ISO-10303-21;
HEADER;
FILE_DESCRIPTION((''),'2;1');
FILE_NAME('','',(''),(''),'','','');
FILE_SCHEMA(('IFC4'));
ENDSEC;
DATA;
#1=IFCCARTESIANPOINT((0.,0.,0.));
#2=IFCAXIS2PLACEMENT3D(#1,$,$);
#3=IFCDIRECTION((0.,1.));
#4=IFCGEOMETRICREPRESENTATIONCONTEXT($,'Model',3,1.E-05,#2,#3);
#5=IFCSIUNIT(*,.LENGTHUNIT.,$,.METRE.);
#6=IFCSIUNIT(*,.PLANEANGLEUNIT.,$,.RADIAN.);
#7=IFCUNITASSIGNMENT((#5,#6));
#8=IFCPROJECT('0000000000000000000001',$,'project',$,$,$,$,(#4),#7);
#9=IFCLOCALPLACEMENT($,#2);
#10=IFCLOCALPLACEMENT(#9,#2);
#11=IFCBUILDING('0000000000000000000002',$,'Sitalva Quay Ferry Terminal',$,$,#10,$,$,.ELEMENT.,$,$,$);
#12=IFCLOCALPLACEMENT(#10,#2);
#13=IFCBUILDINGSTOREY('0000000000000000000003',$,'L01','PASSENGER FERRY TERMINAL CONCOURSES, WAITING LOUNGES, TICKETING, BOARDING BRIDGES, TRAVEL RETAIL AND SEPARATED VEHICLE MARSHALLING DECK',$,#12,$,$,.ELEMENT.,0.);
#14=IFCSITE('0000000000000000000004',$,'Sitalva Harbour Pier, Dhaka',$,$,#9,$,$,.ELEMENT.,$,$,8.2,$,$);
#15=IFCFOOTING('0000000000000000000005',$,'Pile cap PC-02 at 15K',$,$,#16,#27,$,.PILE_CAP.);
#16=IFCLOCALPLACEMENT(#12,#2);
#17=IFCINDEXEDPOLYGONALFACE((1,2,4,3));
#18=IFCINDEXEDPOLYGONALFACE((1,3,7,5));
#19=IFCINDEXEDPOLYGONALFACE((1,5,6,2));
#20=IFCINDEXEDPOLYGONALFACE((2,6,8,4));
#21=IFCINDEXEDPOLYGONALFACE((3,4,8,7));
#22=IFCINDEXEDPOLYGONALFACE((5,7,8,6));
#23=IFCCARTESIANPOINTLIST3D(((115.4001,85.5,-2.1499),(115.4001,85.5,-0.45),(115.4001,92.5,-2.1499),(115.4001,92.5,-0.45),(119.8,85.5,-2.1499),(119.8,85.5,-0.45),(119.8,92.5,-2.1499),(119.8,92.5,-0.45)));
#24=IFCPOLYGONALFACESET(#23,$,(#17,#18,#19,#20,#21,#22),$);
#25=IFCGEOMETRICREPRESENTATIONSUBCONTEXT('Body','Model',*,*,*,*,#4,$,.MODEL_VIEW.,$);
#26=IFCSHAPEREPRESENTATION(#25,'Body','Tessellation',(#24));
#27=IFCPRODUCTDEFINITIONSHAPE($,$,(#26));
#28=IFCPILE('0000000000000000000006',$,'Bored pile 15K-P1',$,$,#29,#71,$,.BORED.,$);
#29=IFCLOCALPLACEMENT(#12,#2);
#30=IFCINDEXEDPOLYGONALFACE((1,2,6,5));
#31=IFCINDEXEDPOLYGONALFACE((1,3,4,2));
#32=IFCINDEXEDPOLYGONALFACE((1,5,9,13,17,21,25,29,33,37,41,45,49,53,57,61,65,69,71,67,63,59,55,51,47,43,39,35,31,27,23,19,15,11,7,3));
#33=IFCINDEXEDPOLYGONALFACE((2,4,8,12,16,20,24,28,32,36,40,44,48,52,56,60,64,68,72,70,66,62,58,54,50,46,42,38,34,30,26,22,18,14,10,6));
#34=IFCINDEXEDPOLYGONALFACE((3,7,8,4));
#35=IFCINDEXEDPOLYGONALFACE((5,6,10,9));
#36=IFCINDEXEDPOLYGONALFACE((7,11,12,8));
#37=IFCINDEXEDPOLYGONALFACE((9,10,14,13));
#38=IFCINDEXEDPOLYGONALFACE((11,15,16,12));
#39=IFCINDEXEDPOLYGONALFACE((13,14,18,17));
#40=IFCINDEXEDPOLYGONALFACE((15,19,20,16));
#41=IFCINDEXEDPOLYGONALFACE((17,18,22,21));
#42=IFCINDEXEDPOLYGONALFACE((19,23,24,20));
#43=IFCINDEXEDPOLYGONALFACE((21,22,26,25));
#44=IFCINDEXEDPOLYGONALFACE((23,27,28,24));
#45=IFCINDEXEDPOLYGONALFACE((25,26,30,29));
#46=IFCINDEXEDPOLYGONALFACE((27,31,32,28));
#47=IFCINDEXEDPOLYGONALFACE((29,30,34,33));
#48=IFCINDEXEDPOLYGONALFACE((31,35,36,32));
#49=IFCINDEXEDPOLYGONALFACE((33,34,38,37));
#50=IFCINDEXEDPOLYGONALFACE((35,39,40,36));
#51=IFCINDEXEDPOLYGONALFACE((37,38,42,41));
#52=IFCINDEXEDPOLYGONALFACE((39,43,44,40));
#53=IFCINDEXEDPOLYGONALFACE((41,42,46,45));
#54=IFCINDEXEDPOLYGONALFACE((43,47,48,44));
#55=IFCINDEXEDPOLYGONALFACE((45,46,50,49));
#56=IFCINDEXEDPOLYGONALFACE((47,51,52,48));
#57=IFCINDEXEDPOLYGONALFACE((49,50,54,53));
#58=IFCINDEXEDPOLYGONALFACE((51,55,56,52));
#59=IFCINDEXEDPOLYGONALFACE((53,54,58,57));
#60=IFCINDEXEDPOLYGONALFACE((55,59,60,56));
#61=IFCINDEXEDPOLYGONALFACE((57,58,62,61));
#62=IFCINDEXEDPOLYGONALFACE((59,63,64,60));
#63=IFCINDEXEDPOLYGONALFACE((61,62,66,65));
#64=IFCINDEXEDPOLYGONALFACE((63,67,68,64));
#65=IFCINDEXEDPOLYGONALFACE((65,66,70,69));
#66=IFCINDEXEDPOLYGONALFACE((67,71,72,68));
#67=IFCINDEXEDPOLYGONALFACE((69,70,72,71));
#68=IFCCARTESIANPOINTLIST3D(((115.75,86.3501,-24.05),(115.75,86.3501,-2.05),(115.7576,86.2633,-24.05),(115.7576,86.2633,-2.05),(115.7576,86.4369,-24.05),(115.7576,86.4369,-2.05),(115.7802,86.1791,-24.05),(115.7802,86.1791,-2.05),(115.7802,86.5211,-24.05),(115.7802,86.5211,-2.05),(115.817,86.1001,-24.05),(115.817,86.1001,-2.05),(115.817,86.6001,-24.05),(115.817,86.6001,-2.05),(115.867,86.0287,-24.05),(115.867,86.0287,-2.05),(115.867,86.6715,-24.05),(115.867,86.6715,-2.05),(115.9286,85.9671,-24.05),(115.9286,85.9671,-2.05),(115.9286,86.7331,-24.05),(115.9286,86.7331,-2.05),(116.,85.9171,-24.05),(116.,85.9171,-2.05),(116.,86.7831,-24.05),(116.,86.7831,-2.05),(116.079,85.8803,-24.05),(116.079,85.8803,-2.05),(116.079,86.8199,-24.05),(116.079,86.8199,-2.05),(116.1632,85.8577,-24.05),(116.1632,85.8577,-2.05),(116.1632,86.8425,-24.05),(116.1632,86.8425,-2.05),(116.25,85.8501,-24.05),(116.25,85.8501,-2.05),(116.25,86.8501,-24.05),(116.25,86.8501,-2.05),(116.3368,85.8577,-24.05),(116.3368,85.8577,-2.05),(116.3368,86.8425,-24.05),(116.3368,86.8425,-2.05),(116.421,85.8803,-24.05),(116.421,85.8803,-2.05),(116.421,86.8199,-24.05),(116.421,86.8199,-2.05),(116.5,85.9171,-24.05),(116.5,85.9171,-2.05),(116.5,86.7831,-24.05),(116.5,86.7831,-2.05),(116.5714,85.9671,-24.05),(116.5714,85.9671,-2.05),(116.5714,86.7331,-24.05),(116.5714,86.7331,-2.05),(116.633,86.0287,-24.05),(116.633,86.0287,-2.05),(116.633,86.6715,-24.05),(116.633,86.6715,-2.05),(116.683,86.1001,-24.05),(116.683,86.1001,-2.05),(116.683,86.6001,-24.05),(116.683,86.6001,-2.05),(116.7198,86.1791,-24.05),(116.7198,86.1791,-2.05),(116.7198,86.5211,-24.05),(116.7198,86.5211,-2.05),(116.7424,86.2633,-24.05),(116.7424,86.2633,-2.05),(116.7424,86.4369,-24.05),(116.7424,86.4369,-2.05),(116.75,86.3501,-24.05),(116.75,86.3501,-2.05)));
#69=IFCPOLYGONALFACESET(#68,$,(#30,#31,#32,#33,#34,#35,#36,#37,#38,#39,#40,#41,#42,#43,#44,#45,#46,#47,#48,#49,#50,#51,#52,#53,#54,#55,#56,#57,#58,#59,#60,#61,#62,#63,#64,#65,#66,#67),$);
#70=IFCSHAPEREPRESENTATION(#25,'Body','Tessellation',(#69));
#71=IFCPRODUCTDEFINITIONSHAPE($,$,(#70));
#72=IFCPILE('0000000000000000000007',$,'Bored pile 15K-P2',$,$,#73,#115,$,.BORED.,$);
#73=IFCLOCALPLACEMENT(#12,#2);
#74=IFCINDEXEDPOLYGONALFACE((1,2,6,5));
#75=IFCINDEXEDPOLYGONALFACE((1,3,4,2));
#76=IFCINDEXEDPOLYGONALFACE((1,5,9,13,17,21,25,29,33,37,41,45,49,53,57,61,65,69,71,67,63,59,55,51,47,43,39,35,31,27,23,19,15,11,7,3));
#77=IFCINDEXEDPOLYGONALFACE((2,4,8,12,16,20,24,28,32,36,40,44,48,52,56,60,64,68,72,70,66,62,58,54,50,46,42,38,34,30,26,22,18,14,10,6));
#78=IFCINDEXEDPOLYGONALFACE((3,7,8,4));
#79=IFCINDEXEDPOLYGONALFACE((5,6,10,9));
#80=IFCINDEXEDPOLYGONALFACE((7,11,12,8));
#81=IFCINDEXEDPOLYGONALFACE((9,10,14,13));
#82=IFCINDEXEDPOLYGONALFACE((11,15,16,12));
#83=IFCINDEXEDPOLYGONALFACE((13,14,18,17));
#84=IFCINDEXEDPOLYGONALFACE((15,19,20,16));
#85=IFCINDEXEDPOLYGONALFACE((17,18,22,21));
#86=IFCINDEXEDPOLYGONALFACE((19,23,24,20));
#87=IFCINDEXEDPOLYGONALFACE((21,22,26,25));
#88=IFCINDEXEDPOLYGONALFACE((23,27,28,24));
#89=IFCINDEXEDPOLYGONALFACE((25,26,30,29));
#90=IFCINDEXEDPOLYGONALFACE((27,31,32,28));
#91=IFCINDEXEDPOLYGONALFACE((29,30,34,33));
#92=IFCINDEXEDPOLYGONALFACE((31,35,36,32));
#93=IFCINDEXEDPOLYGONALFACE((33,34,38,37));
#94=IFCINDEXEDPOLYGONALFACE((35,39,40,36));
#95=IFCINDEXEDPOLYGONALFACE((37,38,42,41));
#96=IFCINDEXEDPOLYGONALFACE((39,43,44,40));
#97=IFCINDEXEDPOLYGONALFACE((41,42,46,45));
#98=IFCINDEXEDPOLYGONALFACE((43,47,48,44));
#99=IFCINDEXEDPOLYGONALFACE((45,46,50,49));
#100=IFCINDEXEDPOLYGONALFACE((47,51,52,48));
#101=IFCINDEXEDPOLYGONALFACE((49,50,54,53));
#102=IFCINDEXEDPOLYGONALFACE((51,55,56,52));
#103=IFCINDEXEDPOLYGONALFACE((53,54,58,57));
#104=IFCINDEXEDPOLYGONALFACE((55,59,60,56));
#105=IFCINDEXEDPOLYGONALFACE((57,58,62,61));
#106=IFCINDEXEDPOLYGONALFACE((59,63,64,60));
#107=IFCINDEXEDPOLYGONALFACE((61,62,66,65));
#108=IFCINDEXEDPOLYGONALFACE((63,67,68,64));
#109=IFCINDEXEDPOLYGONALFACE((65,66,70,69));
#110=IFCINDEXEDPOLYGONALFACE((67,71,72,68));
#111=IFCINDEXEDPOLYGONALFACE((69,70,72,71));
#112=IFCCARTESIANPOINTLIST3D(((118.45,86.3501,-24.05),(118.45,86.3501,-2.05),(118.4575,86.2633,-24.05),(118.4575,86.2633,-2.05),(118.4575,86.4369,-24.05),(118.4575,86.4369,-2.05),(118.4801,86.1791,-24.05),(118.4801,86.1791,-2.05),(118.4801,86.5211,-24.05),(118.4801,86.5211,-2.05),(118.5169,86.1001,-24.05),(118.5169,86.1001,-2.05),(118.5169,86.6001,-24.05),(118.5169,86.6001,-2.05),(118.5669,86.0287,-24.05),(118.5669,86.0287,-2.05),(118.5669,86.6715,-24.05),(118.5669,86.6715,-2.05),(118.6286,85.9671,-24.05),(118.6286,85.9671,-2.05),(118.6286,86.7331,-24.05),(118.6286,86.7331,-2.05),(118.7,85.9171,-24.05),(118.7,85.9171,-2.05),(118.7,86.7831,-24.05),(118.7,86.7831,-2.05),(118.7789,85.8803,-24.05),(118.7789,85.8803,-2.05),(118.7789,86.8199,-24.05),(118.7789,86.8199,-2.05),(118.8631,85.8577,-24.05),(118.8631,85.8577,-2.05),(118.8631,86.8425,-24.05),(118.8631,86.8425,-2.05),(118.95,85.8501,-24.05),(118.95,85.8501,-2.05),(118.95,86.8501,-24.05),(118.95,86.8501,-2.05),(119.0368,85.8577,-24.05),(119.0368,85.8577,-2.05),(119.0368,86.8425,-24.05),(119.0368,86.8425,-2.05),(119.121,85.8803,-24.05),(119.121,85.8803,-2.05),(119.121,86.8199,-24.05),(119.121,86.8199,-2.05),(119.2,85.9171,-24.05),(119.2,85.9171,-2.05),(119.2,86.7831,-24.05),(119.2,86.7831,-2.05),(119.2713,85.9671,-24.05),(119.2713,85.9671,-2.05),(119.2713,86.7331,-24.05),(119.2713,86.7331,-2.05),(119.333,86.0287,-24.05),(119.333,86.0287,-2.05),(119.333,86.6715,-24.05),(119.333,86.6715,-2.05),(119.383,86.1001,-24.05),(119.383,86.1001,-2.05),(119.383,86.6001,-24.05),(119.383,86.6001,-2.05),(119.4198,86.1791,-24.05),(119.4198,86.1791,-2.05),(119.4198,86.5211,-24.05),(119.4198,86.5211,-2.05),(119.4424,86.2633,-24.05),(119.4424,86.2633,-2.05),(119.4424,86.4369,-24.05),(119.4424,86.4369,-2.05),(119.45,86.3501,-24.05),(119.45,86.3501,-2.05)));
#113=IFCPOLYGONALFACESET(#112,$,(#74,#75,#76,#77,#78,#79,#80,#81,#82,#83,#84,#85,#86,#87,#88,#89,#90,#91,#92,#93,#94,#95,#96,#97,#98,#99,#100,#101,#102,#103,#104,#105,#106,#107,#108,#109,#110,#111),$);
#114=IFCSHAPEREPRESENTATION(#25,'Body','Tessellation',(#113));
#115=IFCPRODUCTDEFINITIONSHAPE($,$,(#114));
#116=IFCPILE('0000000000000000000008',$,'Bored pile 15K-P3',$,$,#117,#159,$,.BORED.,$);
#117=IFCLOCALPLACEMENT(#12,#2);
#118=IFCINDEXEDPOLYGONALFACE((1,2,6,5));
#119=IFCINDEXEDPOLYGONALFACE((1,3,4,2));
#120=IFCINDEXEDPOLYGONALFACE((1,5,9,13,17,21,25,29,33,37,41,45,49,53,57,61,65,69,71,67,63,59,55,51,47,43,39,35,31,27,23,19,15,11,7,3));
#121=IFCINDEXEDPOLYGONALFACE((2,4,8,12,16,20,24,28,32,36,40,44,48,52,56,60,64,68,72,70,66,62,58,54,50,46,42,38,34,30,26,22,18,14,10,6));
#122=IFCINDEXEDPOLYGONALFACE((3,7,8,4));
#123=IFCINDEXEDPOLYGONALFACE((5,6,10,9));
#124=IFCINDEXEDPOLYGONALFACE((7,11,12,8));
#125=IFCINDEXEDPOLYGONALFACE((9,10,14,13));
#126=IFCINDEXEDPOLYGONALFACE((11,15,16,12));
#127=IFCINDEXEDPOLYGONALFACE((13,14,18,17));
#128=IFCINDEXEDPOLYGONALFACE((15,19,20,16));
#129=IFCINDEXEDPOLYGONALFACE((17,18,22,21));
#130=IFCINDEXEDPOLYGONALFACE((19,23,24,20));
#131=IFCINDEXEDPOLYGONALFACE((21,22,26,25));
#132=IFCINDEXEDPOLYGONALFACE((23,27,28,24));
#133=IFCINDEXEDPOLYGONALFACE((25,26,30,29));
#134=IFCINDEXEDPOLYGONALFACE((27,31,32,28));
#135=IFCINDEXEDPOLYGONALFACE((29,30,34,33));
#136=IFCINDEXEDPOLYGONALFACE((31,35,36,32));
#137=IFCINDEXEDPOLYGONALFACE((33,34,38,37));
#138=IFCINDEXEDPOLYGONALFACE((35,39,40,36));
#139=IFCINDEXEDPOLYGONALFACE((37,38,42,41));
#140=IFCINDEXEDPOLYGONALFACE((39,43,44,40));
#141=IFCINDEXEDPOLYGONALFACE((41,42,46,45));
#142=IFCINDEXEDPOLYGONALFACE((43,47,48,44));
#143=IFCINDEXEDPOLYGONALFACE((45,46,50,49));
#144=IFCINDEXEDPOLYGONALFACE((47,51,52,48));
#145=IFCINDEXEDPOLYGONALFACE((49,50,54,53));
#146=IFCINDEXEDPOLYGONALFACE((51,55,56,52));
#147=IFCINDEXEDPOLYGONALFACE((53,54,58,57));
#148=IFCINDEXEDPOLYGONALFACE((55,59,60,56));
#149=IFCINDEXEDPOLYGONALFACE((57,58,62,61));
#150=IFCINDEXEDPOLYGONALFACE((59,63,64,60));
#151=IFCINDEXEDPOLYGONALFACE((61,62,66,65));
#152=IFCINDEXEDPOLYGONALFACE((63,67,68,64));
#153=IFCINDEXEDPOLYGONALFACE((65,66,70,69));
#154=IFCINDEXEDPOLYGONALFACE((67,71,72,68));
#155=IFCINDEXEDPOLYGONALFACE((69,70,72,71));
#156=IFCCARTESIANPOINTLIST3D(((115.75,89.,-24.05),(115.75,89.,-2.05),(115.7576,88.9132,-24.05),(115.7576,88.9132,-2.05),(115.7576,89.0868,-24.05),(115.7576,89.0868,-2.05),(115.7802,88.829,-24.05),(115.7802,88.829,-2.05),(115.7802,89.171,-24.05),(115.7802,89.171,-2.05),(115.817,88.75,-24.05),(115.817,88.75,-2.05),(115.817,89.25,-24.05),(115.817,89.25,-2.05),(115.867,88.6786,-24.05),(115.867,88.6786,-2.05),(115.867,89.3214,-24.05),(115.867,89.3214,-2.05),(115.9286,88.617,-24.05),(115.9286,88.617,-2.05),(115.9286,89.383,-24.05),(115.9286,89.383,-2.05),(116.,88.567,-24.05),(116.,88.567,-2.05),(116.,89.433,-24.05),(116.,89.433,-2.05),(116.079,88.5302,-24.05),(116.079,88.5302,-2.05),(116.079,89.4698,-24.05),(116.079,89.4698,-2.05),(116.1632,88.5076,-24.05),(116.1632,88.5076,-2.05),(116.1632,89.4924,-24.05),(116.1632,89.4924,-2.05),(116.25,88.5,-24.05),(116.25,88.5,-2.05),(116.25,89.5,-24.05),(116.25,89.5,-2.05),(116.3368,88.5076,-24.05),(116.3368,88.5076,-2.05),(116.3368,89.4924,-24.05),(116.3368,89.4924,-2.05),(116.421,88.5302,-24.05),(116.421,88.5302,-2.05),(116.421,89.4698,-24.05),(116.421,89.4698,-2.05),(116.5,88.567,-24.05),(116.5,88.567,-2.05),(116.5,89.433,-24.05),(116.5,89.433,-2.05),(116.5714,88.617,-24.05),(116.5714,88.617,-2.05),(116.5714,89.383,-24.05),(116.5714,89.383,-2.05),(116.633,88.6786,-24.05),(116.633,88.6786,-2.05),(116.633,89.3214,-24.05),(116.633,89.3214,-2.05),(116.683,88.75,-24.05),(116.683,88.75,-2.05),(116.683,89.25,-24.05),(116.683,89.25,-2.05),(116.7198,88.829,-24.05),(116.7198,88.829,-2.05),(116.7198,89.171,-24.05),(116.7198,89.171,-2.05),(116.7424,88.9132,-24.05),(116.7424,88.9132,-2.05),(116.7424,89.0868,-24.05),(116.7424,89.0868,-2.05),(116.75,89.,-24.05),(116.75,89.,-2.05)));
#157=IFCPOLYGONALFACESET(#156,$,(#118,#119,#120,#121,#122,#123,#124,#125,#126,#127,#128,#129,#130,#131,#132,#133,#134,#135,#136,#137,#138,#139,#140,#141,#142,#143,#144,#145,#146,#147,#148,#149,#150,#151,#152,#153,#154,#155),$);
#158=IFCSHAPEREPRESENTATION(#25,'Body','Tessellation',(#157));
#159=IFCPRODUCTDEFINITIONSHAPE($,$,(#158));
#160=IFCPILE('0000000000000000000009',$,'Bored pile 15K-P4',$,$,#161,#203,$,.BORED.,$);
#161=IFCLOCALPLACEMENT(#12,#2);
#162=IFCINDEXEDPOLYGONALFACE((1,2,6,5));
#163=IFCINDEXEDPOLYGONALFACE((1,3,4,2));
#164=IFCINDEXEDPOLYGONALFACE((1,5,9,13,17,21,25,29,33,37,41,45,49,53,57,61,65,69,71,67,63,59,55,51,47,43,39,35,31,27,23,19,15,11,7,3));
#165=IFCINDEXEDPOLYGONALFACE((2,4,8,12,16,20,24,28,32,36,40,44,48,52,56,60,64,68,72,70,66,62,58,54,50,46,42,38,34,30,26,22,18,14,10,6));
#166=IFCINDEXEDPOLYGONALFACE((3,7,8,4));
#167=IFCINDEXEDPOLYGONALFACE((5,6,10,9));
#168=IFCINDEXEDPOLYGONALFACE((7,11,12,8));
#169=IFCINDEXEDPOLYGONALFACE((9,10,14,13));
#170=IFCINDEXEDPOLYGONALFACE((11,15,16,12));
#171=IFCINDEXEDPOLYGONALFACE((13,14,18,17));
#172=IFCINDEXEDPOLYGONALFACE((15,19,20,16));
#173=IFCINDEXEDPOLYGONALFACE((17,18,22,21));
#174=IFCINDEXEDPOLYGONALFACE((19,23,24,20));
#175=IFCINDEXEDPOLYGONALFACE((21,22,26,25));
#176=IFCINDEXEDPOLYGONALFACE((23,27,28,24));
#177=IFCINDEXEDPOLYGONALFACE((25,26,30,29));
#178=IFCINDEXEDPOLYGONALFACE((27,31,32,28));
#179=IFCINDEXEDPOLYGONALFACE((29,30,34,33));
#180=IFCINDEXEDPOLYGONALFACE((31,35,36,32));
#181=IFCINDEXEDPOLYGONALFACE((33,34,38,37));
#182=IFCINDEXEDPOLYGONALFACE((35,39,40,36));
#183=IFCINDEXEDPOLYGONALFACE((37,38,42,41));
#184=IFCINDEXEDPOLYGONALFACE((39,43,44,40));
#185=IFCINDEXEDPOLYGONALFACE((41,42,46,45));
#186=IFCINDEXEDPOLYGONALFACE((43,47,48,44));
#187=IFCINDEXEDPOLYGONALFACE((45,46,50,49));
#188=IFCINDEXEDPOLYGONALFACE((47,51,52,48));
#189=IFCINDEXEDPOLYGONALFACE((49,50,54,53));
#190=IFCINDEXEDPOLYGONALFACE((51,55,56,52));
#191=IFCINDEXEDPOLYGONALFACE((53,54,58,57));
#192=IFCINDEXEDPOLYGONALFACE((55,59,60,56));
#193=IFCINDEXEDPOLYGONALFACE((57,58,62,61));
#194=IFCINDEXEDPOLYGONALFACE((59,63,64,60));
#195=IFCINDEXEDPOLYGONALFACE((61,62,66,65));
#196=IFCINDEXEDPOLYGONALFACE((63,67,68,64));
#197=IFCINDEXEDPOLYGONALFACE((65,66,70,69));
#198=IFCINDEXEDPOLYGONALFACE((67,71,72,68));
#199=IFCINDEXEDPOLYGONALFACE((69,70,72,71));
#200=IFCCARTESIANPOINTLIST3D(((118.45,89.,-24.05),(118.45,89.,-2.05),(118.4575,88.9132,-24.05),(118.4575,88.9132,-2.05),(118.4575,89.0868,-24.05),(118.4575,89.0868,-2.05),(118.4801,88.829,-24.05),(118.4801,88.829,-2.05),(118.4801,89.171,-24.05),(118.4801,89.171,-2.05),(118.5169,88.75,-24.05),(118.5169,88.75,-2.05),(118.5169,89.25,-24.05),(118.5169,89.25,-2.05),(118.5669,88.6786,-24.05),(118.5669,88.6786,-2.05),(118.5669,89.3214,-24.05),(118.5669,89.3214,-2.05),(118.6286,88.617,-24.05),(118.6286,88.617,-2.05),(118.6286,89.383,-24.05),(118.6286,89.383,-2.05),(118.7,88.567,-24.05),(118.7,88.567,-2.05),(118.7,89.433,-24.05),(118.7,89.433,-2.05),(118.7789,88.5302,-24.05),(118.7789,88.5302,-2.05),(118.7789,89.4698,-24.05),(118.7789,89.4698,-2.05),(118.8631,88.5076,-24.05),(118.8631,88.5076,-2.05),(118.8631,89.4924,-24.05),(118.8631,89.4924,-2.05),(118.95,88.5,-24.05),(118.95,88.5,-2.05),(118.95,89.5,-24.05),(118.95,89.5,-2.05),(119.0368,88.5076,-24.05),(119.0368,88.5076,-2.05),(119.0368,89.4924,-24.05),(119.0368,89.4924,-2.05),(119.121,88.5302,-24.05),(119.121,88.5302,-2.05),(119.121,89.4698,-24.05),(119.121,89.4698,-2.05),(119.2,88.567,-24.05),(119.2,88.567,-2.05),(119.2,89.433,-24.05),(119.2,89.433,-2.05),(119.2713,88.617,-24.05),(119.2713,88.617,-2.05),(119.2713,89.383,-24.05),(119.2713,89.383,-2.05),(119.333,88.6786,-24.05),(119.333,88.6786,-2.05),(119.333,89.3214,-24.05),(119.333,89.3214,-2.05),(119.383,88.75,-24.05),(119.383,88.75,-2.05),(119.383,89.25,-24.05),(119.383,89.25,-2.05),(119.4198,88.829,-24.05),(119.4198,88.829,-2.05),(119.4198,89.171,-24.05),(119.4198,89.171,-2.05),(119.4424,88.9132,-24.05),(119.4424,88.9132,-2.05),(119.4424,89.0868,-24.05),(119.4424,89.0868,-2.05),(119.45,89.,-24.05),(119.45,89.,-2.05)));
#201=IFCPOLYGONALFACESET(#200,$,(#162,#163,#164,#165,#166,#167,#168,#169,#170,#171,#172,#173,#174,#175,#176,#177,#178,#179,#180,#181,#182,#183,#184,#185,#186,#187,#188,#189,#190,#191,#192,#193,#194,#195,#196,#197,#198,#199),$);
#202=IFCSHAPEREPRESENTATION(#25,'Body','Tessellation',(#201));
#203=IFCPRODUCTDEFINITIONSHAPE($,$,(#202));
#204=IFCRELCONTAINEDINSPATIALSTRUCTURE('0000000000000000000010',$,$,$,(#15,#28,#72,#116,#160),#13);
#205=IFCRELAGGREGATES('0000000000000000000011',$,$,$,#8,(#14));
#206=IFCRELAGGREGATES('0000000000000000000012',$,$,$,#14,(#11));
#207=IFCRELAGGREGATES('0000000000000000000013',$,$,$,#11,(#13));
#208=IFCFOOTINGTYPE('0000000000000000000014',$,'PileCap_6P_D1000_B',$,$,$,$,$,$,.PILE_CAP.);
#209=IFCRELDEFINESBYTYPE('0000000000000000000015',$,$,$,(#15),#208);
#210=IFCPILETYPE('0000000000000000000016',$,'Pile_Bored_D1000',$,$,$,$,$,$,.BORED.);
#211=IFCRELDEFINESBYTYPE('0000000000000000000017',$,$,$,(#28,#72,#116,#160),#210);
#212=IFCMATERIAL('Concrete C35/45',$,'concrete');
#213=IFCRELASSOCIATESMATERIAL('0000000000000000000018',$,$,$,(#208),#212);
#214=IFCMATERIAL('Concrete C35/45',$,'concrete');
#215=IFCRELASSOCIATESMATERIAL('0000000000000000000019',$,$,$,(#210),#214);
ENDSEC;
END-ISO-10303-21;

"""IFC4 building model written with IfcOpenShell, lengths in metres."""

from ifc_helpers import new_model, si_unit, direction, frame, origin, origin_2d, place, context, subcontext, project, spatial, rectangle, circle, extrude, material, material_profile, profile_set, type_object, element, save


model = new_model("IFC4")

# Units and contexts
model_context = context("Model", 3, precision=1e-05, world=origin(), true_north=direction((0.0, 1.0)))
body_context = subcontext(model_context, "Body", "Model", "MODEL_VIEW")
ifc_project = project(units=[si_unit("LENGTHUNIT", "METRE"), si_unit("PLANEANGLEUNIT", "RADIAN")], contexts=[model_context])

# Site, building, storey
site_placement = place(None, origin())
site = spatial("IfcSite", under=ifc_project, at=site_placement, Name="Sitalva Harbour Pier, Dhaka", CompositionType="ELEMENT", RefElevation=8.2)
building_placement = place(site_placement, origin())
building = spatial("IfcBuilding", under=site, at=building_placement, Name="Sitalva Quay Ferry Terminal", CompositionType="ELEMENT")
storey_placement = place(building_placement, origin())
storey = spatial("IfcBuildingStorey", under=building, at=storey_placement, Name="L01", Description="PASSENGER FERRY TERMINAL CONCOURSES, WAITING LOUNGES, TICKETING, BOARDING BRIDGES, TRAVEL RETAIL AND SEPARATED VEHICLE MARSHALLING DECK", CompositionType="ELEMENT", Elevation=0.0)

# Footing
ifc_material_1 = material(Name="Concrete C35/45", Category="concrete")
footing_type = type_object("IfcFootingType", Name="PileCap_6P_D1000_B", PredefinedType="PILE_CAP", material=ifc_material_1)
footing_placement = place(storey_placement, frame((117.6001, 89.0, -2.1499), z_axis=(0.0, 0.0, 1.0), x_axis=(1.0, 0.0, 0.0)))
element("IfcFooting", 1, at=footing_placement, inside=storey, type_object=footing_type, Name="Pile cap PC-02 at 15K", PredefinedType="PILE_CAP", context=body_context, shape_type="SweptSolid", body=[
    extrude(rectangle(XDim=4.3999, YDim=7.0, at=origin_2d()), origin(), (0.0, 0.0, 1.0), 1.7),
])

# Piles
ifc_material_2 = material(Name="Concrete C35/45", Category="concrete")
ifc_material_profile_1 = material_profile(ifc_material_2, circle(Radius=0.5, at=origin_2d()), Name="PILE-D1000")
ifc_profile_set_1 = profile_set([ifc_material_profile_1], Name="Concrete C35/45")
pile_type = type_object("IfcPileType", Name="Pile_Bored_D1000", PredefinedType="BORED", material=ifc_profile_set_1)
for number, where, z_axis, x_axis, name in (
    (2, (116.25, 86.3501, -2.05), (0.0, 0.0, -1.0), (1.0, 0.0, 0.0), "Bored pile 15K-P1"),
    (3, (118.95, 86.3501, -2.05), (0.0, 0.0, -1.0), (1.0, 0.0, 0.0), "Bored pile 15K-P2"),
    (4, (116.25, 89.0, -2.05), (0.0, 0.0, -1.0), (1.0, 0.0, 0.0), "Bored pile 15K-P3"),
    (5, (118.95, 89.0, -2.05), (0.0, 0.0, -1.0), (1.0, 0.0, 0.0), "Bored pile 15K-P4"),
):
    element("IfcPile", number, at=place(storey_placement, frame(where, z_axis=z_axis, x_axis=x_axis)), inside=storey, type_object=pile_type, Name=name, PredefinedType="BORED", context=body_context, shape_type="SweptSolid", body=[
        extrude(circle(Radius=0.5, at=origin_2d()), origin(), (0.0, 0.0, 1.0), 22.0),
    ])

save(model, "model.ifc")
